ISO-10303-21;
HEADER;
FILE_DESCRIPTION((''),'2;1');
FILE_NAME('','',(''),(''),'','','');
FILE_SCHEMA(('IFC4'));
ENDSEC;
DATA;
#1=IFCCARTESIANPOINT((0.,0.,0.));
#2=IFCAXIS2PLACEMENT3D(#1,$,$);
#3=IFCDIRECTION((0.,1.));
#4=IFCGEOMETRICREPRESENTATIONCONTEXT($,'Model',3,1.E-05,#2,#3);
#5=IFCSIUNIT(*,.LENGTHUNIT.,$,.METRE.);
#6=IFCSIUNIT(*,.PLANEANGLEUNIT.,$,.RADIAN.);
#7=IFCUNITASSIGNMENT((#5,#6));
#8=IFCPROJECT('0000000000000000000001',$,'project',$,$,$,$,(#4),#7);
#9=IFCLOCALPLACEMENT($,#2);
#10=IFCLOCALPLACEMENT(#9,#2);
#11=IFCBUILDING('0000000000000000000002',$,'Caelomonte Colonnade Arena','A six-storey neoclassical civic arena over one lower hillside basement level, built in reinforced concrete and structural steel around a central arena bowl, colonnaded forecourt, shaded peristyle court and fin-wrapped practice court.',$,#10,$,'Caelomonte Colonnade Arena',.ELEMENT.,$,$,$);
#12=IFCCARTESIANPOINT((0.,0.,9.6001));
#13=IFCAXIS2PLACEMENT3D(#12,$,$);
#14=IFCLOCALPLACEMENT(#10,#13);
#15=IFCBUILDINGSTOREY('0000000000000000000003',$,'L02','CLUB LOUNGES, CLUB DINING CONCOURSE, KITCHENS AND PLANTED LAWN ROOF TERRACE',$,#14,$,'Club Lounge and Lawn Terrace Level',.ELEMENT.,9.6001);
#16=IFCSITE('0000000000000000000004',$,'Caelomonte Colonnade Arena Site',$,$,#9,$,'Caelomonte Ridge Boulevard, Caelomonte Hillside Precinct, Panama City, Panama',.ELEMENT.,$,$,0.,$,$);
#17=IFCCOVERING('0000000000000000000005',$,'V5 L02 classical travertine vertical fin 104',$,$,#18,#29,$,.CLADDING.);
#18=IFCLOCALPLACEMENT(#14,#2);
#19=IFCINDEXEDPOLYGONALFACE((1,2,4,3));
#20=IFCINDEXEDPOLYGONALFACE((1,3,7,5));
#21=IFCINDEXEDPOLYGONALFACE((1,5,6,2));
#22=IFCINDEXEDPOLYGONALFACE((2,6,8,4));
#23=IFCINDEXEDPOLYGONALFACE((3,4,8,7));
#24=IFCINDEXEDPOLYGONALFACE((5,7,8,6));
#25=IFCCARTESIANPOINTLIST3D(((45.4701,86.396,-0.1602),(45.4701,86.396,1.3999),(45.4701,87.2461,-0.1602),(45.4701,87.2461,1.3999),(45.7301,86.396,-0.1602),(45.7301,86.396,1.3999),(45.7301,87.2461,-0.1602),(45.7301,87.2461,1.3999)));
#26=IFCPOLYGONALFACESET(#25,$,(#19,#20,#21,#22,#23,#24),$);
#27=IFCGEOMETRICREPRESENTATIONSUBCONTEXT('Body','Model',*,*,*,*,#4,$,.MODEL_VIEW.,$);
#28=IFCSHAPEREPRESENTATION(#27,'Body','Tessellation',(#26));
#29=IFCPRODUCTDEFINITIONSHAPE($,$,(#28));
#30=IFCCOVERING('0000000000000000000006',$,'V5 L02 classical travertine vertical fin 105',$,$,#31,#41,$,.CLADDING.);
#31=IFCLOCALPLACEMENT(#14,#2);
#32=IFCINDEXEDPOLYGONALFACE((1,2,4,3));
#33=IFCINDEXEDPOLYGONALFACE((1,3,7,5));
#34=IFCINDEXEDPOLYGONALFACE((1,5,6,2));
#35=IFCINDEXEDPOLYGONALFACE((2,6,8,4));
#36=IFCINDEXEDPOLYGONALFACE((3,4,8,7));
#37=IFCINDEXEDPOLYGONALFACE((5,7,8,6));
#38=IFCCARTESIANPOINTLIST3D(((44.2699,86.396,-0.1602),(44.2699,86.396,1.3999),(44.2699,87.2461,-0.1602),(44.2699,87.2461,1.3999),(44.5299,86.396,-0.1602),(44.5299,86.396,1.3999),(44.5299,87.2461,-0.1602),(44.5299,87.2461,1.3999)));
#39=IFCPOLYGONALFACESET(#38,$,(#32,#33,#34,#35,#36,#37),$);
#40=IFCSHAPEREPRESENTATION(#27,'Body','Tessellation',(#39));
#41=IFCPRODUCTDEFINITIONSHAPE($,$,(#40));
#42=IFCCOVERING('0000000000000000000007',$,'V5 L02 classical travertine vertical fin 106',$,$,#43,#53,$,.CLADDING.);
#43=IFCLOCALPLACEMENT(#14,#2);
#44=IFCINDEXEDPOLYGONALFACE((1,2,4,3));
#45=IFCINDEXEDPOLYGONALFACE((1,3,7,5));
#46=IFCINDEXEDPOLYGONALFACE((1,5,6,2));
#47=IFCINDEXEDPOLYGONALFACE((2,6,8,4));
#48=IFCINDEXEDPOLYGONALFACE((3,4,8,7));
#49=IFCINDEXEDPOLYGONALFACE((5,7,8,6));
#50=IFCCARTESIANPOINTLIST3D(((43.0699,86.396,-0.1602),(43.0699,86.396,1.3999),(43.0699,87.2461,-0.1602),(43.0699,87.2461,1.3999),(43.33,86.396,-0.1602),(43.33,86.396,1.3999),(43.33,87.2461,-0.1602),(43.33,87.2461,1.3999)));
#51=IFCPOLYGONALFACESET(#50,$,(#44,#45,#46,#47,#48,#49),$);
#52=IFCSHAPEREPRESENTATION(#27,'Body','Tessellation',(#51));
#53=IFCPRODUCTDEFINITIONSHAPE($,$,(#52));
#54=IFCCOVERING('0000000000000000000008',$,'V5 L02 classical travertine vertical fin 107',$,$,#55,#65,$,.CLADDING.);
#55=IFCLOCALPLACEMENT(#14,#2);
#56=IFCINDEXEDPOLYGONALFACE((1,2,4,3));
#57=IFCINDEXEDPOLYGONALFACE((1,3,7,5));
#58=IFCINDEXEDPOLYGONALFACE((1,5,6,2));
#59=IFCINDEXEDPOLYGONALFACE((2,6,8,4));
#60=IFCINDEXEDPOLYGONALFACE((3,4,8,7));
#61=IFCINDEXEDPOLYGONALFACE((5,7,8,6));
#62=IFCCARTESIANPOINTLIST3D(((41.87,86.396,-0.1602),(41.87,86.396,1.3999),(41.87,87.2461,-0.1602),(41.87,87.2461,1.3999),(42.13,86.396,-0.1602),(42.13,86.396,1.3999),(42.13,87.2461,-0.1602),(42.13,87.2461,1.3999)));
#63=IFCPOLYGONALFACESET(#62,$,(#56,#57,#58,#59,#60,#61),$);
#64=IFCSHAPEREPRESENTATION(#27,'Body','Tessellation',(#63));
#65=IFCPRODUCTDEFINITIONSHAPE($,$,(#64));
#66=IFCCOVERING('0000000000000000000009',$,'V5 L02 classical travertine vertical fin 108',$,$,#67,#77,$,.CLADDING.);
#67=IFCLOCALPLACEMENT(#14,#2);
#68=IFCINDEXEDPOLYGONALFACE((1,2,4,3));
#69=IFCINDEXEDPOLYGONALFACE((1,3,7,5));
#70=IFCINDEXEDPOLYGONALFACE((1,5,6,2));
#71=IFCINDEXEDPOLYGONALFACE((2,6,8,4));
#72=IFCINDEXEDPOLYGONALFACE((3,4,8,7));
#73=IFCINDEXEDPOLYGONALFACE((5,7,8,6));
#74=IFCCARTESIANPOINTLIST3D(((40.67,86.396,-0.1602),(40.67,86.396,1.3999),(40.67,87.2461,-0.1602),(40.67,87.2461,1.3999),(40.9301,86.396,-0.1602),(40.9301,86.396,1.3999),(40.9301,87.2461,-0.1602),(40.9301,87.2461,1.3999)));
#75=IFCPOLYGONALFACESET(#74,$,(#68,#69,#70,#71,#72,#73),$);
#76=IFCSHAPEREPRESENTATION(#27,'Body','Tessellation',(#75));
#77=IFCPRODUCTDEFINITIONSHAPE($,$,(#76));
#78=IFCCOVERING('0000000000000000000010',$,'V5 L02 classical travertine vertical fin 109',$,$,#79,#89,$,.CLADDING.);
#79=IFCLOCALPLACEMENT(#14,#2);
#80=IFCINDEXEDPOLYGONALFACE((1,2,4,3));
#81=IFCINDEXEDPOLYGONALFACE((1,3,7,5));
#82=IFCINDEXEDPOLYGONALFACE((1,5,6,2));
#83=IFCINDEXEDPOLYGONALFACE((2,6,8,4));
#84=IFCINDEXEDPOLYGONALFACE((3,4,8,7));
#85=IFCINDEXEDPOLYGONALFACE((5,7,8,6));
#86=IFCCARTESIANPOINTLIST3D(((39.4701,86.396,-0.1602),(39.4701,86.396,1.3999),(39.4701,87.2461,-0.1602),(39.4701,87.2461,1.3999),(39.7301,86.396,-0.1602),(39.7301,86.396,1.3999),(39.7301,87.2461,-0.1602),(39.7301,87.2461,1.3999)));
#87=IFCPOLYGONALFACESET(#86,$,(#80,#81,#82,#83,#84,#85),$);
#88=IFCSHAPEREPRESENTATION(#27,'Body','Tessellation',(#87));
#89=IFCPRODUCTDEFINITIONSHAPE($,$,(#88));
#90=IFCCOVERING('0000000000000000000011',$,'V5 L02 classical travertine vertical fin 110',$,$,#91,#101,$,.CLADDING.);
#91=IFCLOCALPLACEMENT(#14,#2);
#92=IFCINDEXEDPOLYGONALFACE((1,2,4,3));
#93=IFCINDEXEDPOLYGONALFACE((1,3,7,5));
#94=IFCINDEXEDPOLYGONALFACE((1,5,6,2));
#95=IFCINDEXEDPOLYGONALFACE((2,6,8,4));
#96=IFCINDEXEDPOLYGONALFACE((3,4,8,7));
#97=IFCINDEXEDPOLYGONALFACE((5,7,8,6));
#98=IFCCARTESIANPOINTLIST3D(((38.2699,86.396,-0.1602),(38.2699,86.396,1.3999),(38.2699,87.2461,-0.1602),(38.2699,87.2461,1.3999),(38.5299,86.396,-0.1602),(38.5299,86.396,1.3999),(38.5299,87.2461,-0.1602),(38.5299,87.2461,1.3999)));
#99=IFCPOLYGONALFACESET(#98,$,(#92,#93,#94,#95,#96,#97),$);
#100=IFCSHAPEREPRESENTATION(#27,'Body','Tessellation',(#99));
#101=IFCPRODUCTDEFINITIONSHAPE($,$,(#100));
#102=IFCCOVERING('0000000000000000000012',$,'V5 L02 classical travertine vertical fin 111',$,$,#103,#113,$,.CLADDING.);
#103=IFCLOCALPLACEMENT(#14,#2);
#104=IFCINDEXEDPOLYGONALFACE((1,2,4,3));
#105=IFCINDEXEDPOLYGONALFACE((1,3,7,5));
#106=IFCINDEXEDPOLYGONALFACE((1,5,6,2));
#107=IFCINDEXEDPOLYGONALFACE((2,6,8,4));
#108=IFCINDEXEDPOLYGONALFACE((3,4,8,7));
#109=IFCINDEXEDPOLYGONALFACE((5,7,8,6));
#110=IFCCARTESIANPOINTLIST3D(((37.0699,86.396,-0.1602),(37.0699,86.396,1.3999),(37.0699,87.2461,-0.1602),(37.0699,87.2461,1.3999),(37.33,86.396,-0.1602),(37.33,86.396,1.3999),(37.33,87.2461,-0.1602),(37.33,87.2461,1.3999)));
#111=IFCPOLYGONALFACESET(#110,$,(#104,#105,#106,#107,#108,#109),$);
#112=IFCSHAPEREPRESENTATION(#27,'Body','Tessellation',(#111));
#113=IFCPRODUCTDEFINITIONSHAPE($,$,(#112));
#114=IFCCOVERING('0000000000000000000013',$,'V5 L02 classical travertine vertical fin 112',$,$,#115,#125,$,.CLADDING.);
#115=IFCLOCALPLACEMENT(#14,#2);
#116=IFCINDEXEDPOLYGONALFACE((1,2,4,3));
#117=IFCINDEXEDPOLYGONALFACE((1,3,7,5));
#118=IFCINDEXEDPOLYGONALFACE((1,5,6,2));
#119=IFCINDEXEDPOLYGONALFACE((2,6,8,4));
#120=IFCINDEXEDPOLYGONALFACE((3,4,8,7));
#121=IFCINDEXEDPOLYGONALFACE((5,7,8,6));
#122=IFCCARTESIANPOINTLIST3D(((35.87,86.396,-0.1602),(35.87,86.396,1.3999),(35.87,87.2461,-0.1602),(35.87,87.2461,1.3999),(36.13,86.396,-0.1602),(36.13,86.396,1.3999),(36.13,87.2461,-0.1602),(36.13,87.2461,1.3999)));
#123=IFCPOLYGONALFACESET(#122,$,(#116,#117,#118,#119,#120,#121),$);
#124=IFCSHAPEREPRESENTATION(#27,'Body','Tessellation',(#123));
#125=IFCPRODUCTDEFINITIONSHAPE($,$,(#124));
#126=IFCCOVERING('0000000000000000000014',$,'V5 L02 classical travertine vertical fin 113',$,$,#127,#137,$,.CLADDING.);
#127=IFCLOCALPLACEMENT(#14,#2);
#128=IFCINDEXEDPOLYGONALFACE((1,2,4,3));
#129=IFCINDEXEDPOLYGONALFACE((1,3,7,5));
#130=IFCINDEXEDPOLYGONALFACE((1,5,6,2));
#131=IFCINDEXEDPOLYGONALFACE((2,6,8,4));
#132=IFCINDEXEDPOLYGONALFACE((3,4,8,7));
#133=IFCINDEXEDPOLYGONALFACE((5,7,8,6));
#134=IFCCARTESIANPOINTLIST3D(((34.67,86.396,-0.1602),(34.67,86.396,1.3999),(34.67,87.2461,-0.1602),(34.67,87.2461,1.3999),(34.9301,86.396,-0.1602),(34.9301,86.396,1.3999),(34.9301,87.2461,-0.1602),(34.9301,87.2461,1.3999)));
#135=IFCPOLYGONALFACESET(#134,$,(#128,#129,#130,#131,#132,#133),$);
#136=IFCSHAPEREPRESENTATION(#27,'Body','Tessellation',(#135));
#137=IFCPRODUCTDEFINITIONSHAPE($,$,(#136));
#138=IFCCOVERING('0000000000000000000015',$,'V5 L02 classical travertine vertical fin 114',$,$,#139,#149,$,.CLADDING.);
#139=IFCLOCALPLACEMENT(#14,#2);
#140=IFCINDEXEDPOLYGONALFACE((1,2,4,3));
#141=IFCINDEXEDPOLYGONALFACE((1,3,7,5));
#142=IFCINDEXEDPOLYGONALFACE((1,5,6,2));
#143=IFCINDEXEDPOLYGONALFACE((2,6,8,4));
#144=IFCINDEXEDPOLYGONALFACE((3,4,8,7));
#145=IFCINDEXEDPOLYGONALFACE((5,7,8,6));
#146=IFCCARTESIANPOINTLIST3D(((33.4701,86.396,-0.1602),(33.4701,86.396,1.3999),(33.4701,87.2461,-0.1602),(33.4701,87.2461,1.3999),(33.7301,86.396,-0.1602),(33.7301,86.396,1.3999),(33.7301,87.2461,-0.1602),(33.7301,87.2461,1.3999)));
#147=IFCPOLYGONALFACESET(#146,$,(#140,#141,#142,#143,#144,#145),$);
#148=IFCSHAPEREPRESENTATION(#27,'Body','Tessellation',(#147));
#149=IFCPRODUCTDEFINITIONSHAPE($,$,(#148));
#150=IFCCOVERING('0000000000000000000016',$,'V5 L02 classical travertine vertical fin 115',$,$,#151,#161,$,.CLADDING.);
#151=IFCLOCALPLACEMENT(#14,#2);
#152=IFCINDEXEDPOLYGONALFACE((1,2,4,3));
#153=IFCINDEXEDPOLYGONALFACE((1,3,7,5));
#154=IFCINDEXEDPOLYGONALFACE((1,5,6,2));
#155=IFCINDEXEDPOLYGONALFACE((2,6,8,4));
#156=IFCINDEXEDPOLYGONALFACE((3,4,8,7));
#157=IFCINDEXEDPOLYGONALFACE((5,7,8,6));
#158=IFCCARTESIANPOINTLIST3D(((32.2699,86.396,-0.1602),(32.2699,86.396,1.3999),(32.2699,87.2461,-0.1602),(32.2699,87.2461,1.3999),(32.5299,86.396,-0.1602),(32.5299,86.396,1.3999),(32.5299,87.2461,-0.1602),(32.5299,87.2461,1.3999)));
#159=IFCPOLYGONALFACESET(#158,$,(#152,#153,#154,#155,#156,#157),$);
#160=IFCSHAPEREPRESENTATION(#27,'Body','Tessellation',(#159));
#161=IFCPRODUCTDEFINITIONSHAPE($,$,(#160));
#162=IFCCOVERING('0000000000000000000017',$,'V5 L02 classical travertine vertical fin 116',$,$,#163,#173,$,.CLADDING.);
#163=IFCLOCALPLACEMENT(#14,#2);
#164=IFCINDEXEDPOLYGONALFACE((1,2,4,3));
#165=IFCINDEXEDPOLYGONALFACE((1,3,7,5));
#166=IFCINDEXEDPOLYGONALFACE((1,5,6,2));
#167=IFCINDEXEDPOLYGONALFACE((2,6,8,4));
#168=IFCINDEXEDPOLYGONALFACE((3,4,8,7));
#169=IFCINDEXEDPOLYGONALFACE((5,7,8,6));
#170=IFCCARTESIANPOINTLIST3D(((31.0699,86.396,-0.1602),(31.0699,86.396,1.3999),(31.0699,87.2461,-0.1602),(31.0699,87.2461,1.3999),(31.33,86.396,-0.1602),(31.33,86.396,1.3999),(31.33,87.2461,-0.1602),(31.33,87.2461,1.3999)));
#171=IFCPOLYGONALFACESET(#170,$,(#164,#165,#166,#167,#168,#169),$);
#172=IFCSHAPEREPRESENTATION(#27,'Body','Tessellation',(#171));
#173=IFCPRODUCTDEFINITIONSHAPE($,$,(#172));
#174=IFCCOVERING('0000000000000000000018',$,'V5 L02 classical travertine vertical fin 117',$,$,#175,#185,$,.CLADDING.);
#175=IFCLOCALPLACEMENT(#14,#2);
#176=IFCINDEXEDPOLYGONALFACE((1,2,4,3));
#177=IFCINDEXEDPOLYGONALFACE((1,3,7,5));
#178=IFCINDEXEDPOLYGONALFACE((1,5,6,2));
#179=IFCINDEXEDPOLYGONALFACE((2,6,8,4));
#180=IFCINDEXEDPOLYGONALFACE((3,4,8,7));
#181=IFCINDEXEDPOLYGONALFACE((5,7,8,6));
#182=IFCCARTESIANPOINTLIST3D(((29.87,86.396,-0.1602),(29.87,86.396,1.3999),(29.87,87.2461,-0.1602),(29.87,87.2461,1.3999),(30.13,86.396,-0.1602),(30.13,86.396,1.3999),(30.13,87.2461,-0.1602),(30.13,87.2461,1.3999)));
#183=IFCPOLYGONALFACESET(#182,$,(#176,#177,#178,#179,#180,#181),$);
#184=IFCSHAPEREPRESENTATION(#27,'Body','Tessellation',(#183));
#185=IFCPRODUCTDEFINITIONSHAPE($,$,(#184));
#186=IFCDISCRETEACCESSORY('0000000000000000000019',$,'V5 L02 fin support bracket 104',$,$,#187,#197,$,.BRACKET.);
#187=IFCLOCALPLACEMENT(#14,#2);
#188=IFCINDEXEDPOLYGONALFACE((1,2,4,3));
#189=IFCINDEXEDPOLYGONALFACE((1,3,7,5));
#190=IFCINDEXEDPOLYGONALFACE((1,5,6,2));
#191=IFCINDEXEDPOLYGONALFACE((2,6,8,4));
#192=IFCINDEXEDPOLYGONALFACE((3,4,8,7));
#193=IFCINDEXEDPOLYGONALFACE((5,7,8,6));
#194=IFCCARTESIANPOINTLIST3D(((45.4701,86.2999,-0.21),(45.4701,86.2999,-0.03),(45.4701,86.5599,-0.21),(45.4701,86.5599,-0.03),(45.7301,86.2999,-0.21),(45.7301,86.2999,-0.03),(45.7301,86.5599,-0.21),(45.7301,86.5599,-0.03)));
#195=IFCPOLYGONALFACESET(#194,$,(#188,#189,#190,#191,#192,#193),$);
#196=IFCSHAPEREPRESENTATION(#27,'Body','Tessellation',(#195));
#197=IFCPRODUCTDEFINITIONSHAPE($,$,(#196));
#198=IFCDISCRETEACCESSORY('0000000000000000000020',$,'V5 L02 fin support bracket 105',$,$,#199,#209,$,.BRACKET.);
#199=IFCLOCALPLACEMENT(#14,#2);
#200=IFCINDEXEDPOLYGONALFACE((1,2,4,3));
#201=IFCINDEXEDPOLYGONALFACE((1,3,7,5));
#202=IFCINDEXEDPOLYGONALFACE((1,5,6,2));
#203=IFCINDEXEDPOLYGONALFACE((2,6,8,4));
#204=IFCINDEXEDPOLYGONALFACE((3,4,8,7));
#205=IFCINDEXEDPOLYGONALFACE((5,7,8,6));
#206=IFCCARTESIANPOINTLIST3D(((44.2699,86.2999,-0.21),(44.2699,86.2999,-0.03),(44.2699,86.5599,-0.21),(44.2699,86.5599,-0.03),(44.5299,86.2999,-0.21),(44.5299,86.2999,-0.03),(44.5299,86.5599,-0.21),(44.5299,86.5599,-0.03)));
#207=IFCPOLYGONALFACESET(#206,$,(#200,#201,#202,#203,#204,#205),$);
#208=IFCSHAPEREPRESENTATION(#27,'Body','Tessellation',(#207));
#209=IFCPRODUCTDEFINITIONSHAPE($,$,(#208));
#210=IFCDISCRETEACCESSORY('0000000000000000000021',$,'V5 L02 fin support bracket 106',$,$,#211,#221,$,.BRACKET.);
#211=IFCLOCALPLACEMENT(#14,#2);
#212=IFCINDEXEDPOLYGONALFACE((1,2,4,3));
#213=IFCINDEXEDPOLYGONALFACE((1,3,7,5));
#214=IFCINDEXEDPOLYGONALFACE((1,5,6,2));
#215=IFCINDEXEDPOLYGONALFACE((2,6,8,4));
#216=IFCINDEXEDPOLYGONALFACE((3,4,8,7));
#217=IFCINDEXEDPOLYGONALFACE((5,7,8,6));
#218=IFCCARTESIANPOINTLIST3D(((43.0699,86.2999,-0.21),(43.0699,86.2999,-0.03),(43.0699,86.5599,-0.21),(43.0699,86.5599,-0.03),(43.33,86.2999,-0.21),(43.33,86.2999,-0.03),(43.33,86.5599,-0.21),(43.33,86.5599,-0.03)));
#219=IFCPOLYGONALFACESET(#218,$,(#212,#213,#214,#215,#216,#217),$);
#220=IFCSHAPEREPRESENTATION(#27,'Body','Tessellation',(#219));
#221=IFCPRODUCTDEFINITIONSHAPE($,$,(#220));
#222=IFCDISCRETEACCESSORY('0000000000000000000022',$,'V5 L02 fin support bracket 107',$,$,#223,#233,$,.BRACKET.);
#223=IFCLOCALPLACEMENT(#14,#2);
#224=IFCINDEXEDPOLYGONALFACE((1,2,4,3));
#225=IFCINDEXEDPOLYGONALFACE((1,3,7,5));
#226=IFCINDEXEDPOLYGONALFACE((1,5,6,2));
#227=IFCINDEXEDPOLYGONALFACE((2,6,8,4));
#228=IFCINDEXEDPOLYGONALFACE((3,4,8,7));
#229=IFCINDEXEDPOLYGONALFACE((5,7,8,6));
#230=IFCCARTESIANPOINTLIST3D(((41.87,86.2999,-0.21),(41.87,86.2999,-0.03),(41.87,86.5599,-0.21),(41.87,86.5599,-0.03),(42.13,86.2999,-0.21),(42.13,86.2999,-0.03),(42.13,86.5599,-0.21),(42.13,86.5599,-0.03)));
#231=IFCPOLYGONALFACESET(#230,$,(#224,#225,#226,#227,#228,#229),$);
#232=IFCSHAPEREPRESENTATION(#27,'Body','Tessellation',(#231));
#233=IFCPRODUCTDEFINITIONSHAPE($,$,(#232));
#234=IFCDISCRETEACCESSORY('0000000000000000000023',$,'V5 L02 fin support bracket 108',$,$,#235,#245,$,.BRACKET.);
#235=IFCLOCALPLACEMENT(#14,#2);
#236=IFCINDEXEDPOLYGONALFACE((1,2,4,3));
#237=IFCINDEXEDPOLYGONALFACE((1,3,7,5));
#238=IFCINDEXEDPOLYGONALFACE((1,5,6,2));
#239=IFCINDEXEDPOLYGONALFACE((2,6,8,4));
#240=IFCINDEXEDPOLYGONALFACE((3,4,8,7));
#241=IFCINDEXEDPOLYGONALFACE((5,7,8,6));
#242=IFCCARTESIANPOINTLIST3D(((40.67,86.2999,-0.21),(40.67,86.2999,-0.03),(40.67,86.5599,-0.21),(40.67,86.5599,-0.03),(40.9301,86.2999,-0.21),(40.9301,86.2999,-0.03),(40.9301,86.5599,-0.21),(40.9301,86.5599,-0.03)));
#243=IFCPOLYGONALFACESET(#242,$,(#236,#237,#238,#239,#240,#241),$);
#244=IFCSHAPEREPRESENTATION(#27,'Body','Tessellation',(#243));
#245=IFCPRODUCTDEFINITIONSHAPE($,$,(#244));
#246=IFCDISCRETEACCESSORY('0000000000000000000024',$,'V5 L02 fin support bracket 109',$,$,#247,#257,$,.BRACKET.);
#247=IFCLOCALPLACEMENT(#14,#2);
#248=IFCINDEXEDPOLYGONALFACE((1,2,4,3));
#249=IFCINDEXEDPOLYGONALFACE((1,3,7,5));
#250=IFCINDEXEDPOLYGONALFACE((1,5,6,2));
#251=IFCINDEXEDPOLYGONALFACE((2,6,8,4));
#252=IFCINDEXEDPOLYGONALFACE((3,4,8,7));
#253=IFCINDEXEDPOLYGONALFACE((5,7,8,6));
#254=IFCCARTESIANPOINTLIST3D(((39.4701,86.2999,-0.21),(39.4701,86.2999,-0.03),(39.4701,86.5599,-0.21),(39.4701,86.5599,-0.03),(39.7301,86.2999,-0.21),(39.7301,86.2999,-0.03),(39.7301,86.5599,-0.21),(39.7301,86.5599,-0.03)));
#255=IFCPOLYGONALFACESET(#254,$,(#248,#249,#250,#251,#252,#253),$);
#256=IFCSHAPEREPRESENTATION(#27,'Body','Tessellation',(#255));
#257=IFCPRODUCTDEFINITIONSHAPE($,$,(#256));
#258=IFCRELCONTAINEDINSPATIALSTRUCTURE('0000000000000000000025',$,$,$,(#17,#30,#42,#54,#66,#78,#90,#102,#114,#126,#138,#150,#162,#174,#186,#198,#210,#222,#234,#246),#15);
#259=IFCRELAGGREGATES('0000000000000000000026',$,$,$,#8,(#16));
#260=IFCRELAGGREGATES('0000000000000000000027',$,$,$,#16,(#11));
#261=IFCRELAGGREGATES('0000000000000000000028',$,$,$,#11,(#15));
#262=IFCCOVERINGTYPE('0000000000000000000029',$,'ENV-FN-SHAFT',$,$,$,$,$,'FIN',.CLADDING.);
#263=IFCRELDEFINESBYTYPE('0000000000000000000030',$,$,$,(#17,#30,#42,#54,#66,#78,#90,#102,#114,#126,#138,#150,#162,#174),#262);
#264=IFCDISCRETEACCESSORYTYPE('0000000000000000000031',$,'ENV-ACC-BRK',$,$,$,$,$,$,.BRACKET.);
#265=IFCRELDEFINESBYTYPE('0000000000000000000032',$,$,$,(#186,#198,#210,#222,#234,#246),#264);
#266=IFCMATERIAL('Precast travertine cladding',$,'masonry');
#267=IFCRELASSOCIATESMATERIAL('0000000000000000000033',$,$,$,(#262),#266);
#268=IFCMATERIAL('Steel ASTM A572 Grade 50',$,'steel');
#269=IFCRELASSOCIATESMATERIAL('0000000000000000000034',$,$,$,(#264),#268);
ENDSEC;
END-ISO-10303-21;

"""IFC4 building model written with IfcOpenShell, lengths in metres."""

from ifc_helpers import new_model, si_unit, direction, frame, origin, origin_2d, place, context, subcontext, project, spatial, rectangle, extrude, material, material_profile, profile_set, type_object, element, save


model = new_model("IFC4")

# Units and contexts
model_context = context("Model", 3, precision=1e-05, world=origin(), true_north=direction((0.0, 1.0)))
body_context = subcontext(model_context, "Body", "Model", "MODEL_VIEW")
ifc_project = project(units=[si_unit("LENGTHUNIT", "METRE"), si_unit("PLANEANGLEUNIT", "RADIAN")], contexts=[model_context])

# Site, building, storey
site_placement = place(None, origin())
site = spatial("IfcSite", under=ifc_project, at=site_placement, Name="Caelomonte Colonnade Arena Site", LongName="Caelomonte Ridge Boulevard, Caelomonte Hillside Precinct, Panama City, Panama", CompositionType="ELEMENT", RefElevation=0.0)
building_placement = place(site_placement, origin())
building = spatial("IfcBuilding", under=site, at=building_placement, Name="Caelomonte Colonnade Arena", Description="A six-storey neoclassical civic arena over one lower hillside basement level, built in reinforced concrete and structural steel around a central arena bowl, colonnaded forecourt, shaded peristyle court and fin-wrapped practice court.", LongName="Caelomonte Colonnade Arena", CompositionType="ELEMENT")
storey_placement = place(building_placement, frame((0.0, 0.0, 9.6001)))
storey = spatial("IfcBuildingStorey", under=building, at=storey_placement, Name="L02", Description="CLUB LOUNGES, CLUB DINING CONCOURSE, KITCHENS AND PLANTED LAWN ROOF TERRACE", LongName="Club Lounge and Lawn Terrace Level", CompositionType="ELEMENT", Elevation=9.6001)

# Coverings
ifc_material_1 = material(Name="Precast travertine cladding", Category="masonry")
ifc_material_profile = material_profile(ifc_material_1, rectangle(XDim=0.26, YDim=0.8501, at=origin_2d()), Name="FIN260X850")
ifc_profile_set = profile_set([ifc_material_profile], Name="Precast travertine cladding")
covering_type = type_object("IfcCoveringType", Name="ENV-FN-SHAFT", ElementType="FIN", PredefinedType="CLADDING", material=ifc_profile_set)
for number, where, z_axis, x_axis, name in (
    (1, (45.6001, 86.821, -0.1602), (0.0, 0.0, 1.0), (1.0, 0.0, 0.0), "V5 L02 classical travertine vertical fin 104"),
    (2, (44.3999, 86.821, -0.1602), (0.0, 0.0, 1.0), (1.0, 0.0, 0.0), "V5 L02 classical travertine vertical fin 105"),
    (3, (43.2, 86.821, -0.1602), (0.0, 0.0, 1.0), (1.0, 0.0, 0.0), "V5 L02 classical travertine vertical fin 106"),
    (4, (42.0, 86.821, -0.1602), (0.0, 0.0, 1.0), (1.0, 0.0, 0.0), "V5 L02 classical travertine vertical fin 107"),
    (5, (40.8, 86.821, -0.1602), (0.0, 0.0, 1.0), (1.0, 0.0, 0.0), "V5 L02 classical travertine vertical fin 108"),
    (6, (39.6001, 86.821, -0.1602), (0.0, 0.0, 1.0), (1.0, 0.0, 0.0), "V5 L02 classical travertine vertical fin 109"),
    (7, (38.3999, 86.821, -0.1602), (0.0, 0.0, 1.0), (1.0, 0.0, 0.0), "V5 L02 classical travertine vertical fin 110"),
    (8, (37.2, 86.821, -0.1602), (0.0, 0.0, 1.0), (1.0, 0.0, 0.0), "V5 L02 classical travertine vertical fin 111"),
    (9, (36.0, 86.821, -0.1602), (0.0, 0.0, 1.0), (1.0, 0.0, 0.0), "V5 L02 classical travertine vertical fin 112"),
    (10, (34.8, 86.821, -0.1602), (0.0, 0.0, 1.0), (1.0, 0.0, 0.0), "V5 L02 classical travertine vertical fin 113"),
    (11, (33.6001, 86.821, -0.1602), (0.0, 0.0, 1.0), (1.0, 0.0, 0.0), "V5 L02 classical travertine vertical fin 114"),
    (12, (32.3999, 86.821, -0.1602), (0.0, 0.0, 1.0), (1.0, 0.0, 0.0), "V5 L02 classical travertine vertical fin 115"),
    (13, (31.2, 86.821, -0.1602), (0.0, 0.0, 1.0), (1.0, 0.0, 0.0), "V5 L02 classical travertine vertical fin 116"),
    (14, (30.0, 86.821, -0.1602), (0.0, 0.0, 1.0), (1.0, 0.0, 0.0), "V5 L02 classical travertine vertical fin 117"),
):
    element("IfcCovering", number, at=place(storey_placement, frame(where, z_axis=z_axis, x_axis=x_axis)), inside=storey, type_object=covering_type, Name=name, PredefinedType="CLADDING", context=body_context, shape_type="SweptSolid", body=[
        extrude(rectangle(XDim=0.26, YDim=0.8501, at=origin_2d()), origin(), (0.0, 0.0, 1.0), 1.5601),
    ])

# Discrete accessories
ifc_material_2 = material(Name="Steel ASTM A572 Grade 50", Category="steel")
discrete_accessory_type = type_object("IfcDiscreteAccessoryType", Name="ENV-ACC-BRK", PredefinedType="BRACKET", material=ifc_material_2)
for number, where, z_axis, x_axis, name in (
    (15, (45.6001, 86.4299, -0.21), (0.0, 0.0, 1.0), (-1.0, 0.0, 0.0), "V5 L02 fin support bracket 104"),
    (16, (44.3999, 86.4299, -0.21), (0.0, 0.0, 1.0), (-1.0, 0.0, 0.0), "V5 L02 fin support bracket 105"),
    (17, (43.2, 86.4299, -0.21), (0.0, 0.0, 1.0), (-1.0, 0.0, 0.0), "V5 L02 fin support bracket 106"),
    (18, (42.0, 86.4299, -0.21), (0.0, 0.0, 1.0), (-1.0, 0.0, 0.0), "V5 L02 fin support bracket 107"),
    (19, (40.8, 86.4299, -0.21), (0.0, 0.0, 1.0), (-1.0, 0.0, 0.0), "V5 L02 fin support bracket 108"),
    (20, (39.6001, 86.4299, -0.21), (0.0, 0.0, 1.0), (-1.0, 0.0, 0.0), "V5 L02 fin support bracket 109"),
):
    element("IfcDiscreteAccessory", number, at=place(storey_placement, frame(where, z_axis=z_axis, x_axis=x_axis)), inside=storey, type_object=discrete_accessory_type, Name=name, PredefinedType="BRACKET", context=body_context, shape_type="SweptSolid", body=[
        extrude(rectangle(XDim=0.26, YDim=0.26, at=origin_2d()), origin(), (0.0, 0.0, 1.0), 0.1799),
    ])

save(model, "model.ifc")
